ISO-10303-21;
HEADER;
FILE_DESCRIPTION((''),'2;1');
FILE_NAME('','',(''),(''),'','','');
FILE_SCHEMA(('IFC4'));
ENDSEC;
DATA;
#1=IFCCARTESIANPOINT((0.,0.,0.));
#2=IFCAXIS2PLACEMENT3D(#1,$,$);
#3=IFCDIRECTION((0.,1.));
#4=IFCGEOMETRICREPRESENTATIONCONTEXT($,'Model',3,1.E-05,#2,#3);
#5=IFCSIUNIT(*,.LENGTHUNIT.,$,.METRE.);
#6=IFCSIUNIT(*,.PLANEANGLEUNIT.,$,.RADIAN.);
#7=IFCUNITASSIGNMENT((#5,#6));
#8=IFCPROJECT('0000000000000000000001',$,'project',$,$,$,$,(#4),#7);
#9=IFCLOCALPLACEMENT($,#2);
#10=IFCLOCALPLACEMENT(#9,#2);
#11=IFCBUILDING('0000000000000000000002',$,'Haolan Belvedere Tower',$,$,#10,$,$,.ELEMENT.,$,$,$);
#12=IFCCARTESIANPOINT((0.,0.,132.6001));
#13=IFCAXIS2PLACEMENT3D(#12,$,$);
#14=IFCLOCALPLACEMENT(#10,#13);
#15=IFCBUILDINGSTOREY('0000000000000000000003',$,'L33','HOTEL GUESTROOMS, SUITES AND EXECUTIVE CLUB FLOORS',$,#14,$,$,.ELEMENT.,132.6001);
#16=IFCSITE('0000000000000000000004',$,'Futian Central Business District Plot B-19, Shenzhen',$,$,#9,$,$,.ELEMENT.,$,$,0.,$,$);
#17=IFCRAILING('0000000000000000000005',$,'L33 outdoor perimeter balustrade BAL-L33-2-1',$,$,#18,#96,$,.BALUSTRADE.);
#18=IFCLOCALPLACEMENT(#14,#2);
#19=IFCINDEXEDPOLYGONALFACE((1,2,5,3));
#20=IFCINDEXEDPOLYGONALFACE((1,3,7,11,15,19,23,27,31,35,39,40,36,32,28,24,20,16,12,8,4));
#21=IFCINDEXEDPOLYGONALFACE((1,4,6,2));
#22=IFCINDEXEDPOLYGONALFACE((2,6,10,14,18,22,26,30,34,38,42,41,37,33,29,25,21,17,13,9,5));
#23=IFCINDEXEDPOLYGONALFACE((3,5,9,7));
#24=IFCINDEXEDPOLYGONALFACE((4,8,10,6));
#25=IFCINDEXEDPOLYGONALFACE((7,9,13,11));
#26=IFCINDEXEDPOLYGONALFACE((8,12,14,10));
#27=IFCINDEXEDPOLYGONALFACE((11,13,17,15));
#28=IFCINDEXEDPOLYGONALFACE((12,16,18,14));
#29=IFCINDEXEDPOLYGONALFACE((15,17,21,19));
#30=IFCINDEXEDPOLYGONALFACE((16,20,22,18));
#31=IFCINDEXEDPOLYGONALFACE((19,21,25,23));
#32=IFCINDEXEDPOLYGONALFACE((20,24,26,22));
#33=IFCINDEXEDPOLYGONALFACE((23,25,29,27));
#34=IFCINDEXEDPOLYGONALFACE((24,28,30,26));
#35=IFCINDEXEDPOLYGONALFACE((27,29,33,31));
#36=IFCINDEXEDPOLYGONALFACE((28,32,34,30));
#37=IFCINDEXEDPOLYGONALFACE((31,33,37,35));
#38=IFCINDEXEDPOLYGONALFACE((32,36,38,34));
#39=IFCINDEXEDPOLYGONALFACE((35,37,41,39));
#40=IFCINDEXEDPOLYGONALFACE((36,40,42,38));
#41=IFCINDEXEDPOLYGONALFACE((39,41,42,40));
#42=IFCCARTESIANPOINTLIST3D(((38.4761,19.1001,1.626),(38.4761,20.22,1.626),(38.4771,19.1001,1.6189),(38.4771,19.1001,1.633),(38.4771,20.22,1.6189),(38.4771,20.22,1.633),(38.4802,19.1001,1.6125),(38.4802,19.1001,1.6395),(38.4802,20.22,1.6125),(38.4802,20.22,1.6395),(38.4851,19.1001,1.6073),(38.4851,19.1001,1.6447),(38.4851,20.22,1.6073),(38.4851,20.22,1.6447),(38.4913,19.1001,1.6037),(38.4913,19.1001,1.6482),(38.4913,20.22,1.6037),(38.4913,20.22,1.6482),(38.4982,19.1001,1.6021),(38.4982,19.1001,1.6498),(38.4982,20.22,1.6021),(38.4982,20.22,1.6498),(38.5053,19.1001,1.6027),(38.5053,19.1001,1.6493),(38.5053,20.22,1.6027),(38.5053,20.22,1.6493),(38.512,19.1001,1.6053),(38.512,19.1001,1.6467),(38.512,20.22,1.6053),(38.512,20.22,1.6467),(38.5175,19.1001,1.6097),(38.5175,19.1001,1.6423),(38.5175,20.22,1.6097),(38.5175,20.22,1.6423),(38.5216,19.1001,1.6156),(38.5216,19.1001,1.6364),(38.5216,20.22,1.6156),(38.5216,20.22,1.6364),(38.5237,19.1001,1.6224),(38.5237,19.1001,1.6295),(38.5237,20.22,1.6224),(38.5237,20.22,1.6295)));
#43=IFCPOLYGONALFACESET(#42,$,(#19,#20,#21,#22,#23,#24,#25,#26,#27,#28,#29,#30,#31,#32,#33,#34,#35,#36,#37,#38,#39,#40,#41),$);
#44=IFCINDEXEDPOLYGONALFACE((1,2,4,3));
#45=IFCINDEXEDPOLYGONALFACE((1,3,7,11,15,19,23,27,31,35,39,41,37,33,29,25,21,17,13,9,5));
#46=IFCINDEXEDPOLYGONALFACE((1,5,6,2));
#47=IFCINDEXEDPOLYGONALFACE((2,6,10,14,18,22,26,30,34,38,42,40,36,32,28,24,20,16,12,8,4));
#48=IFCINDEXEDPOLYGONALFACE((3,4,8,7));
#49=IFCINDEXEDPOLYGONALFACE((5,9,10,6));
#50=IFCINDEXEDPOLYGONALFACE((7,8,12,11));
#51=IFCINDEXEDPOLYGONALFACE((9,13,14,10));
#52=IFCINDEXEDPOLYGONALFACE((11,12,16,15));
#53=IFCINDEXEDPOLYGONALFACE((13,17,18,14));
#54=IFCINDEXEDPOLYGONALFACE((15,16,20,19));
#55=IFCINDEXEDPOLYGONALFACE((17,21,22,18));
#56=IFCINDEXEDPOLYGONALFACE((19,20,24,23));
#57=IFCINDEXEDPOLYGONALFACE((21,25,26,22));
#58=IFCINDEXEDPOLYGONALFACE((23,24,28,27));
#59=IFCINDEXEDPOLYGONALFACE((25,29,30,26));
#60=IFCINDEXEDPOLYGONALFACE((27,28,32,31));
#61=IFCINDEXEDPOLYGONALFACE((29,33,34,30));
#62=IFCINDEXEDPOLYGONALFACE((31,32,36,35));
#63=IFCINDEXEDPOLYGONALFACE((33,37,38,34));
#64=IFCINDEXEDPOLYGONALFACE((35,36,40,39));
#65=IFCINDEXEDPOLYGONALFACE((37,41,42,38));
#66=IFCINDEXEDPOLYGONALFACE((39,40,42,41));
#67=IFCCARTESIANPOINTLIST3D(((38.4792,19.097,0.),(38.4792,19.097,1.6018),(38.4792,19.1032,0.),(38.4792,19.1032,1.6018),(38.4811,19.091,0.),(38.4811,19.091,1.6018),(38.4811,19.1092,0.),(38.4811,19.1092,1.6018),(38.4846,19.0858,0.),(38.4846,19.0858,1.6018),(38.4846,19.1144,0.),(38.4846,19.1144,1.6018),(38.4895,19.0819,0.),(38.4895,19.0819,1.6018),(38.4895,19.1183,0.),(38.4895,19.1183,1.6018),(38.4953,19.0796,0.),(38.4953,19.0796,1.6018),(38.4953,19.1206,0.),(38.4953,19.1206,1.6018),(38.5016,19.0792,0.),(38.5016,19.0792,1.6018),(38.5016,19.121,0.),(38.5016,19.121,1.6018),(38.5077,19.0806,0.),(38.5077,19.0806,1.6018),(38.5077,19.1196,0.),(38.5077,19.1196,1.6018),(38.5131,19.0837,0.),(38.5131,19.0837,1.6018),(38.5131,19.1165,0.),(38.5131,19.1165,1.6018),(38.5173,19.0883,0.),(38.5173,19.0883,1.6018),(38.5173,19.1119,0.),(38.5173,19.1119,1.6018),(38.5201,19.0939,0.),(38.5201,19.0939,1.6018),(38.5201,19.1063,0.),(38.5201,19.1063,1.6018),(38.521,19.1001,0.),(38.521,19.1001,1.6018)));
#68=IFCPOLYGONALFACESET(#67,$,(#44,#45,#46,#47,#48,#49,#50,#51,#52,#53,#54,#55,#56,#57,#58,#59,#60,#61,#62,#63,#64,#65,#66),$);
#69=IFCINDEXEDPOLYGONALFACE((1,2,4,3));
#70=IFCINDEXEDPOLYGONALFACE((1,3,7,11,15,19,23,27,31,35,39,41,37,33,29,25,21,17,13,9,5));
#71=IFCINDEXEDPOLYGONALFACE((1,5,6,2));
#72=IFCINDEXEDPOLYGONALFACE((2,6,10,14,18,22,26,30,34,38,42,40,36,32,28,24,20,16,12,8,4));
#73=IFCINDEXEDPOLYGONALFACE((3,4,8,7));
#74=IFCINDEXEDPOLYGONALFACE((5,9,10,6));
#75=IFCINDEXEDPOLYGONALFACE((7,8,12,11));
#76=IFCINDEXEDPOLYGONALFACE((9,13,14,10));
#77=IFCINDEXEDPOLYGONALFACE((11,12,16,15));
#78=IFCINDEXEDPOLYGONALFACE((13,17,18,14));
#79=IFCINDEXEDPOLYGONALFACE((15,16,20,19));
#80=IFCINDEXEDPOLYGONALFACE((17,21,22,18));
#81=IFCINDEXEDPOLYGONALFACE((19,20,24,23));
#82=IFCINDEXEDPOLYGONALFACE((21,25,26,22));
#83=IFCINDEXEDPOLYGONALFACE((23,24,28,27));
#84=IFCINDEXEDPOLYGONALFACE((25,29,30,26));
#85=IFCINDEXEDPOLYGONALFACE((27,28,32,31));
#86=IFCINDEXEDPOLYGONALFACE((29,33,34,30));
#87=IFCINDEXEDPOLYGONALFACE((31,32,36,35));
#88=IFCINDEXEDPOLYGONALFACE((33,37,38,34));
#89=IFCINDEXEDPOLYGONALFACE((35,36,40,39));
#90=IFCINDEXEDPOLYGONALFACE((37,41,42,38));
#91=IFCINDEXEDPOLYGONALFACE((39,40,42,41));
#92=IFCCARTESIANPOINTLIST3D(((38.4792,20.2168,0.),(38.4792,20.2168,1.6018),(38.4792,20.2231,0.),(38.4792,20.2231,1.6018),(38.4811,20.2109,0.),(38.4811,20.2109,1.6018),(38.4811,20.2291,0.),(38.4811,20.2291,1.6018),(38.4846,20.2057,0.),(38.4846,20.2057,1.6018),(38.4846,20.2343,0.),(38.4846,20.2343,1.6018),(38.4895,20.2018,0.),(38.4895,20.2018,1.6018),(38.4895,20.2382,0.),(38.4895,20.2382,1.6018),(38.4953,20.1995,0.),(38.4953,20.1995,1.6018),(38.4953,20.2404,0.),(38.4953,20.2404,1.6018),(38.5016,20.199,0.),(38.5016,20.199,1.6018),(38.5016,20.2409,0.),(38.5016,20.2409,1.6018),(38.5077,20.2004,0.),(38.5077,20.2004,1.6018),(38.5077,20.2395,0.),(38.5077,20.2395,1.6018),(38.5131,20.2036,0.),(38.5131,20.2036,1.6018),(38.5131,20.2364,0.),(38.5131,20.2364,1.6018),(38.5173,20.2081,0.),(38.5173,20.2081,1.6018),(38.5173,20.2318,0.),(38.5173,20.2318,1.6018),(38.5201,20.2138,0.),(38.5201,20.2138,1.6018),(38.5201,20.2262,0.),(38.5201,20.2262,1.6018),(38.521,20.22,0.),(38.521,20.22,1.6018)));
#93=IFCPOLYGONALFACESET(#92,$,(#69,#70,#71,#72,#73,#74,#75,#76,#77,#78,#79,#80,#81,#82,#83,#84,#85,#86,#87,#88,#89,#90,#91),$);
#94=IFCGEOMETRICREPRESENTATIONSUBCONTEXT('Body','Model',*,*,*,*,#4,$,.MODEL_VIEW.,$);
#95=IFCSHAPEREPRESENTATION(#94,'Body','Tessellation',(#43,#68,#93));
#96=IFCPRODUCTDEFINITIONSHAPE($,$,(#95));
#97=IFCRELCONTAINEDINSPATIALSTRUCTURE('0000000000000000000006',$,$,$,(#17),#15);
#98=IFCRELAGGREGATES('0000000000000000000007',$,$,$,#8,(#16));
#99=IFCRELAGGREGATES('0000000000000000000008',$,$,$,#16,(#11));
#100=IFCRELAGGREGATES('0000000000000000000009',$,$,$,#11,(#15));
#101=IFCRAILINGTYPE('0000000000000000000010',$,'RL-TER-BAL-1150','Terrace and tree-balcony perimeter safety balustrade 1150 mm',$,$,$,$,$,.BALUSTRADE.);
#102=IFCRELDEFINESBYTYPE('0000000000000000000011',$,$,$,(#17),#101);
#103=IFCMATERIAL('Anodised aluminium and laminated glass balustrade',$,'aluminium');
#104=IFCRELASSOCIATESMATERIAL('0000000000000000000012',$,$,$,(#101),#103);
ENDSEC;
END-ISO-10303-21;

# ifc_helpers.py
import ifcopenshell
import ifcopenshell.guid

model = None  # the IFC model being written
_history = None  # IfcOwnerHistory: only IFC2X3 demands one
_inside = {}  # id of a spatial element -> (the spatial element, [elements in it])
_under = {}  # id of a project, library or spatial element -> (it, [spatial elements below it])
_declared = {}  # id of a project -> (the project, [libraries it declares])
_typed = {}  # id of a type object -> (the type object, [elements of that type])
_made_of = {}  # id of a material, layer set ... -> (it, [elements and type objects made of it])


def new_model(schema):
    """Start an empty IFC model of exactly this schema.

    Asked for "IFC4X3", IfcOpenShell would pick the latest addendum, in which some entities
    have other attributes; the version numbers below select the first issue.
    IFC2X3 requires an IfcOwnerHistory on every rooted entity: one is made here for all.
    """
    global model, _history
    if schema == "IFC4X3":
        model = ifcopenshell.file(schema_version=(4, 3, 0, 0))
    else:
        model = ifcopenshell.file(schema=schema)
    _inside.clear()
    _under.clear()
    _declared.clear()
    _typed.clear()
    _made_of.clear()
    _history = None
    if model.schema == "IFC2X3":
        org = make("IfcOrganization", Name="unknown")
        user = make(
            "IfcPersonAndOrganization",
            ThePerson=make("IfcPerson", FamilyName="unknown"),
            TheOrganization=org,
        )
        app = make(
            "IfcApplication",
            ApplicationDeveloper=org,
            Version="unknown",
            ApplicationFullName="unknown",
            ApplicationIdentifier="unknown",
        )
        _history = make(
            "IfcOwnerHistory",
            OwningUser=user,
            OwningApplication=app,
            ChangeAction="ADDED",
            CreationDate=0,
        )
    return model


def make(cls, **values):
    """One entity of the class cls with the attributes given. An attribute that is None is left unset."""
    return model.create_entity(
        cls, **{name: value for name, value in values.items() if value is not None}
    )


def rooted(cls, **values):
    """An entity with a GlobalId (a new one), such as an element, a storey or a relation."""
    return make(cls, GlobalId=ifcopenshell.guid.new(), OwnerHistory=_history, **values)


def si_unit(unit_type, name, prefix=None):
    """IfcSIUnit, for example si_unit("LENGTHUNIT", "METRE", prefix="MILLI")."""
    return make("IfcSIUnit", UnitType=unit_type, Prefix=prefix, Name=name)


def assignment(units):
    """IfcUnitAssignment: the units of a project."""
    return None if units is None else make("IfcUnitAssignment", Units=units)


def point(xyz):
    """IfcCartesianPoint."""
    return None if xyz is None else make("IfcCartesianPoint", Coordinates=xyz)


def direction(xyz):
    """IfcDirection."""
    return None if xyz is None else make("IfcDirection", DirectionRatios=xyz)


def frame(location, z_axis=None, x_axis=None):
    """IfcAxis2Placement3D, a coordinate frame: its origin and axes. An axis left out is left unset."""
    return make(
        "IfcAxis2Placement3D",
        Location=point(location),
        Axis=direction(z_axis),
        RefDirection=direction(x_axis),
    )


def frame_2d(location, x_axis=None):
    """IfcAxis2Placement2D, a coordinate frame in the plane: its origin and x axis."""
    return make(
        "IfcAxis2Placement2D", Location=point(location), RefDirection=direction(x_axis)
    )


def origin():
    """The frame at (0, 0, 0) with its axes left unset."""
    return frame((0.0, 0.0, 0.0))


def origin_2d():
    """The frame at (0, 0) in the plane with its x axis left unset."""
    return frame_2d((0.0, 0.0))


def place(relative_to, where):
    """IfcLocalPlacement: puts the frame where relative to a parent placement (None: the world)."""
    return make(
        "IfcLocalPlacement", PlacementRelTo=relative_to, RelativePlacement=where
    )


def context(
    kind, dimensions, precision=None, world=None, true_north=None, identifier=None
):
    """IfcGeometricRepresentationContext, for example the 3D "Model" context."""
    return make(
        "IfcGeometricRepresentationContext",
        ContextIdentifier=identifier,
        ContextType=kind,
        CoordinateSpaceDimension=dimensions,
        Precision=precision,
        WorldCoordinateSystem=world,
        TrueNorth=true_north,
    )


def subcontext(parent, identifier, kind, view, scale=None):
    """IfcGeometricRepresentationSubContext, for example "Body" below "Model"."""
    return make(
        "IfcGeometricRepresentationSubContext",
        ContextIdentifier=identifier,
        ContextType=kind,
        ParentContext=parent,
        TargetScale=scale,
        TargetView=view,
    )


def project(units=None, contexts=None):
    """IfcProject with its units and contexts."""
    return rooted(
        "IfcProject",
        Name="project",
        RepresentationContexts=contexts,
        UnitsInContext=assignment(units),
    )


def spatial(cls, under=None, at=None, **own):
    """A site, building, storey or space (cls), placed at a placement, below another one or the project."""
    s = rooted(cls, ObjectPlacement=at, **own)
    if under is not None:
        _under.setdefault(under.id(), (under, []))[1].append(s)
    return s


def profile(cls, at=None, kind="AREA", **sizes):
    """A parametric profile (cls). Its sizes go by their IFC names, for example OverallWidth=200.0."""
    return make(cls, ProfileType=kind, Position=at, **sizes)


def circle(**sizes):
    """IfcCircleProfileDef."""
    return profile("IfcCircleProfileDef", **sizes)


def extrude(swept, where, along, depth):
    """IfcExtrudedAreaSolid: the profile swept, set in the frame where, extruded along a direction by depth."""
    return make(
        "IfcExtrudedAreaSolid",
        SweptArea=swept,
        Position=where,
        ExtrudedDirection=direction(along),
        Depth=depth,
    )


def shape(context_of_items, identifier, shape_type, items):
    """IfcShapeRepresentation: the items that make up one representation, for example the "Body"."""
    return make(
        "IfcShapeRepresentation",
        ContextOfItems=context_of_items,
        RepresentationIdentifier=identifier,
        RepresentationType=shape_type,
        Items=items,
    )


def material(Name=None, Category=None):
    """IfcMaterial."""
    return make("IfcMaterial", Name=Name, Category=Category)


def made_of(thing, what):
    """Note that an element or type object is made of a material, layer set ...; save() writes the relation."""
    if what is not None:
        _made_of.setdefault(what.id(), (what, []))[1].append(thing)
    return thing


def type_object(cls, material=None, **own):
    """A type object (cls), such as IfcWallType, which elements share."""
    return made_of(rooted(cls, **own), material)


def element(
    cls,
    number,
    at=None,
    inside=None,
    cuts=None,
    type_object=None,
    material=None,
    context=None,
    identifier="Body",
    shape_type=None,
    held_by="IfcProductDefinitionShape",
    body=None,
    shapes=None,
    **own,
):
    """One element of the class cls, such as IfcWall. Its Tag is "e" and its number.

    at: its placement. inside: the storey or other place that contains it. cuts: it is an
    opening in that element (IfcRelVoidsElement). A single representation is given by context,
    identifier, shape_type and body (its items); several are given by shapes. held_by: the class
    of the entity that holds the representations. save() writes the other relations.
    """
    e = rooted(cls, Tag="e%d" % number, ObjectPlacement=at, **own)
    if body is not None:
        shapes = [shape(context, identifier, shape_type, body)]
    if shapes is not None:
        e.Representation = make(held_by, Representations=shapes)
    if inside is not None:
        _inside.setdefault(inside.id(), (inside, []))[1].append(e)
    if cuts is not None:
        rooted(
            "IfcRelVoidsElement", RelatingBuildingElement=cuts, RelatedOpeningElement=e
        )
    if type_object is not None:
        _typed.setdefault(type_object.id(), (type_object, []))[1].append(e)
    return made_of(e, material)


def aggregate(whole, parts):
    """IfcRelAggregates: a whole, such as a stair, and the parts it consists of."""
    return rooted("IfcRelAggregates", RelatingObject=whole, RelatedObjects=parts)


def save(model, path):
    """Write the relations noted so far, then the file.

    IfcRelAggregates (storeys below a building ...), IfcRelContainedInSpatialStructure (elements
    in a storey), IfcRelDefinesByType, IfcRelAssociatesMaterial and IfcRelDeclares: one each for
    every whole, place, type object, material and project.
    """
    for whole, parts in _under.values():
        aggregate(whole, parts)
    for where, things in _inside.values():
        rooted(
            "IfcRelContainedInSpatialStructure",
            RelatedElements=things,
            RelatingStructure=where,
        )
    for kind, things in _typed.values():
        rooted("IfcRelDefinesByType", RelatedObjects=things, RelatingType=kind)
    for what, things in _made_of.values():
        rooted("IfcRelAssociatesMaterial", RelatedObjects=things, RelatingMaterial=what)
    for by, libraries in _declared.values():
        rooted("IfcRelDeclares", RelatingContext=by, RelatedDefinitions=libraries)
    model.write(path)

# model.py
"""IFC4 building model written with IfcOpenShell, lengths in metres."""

from ifc_helpers import new_model, si_unit, direction, frame, origin, origin_2d, place, context, subcontext, project, spatial, circle, extrude, material, type_object, element, save


model = new_model("IFC4")

# Units and contexts
model_context = context("Model", 3, precision=1e-05, world=origin(), true_north=direction((0.0, 1.0)))
body_context = subcontext(model_context, "Body", "Model", "MODEL_VIEW")
ifc_project = project(units=[si_unit("LENGTHUNIT", "METRE"), si_unit("PLANEANGLEUNIT", "RADIAN")], contexts=[model_context])

# Site, building, storey
site_placement = place(None, origin())
site = spatial("IfcSite", under=ifc_project, at=site_placement, Name="Futian Central Business District Plot B-19, Shenzhen", CompositionType="ELEMENT", RefElevation=0.0)
building_placement = place(site_placement, origin())
building = spatial("IfcBuilding", under=site, at=building_placement, Name="Haolan Belvedere Tower", CompositionType="ELEMENT")
storey_placement = place(building_placement, frame((0.0, 0.0, 132.6001)))
storey = spatial("IfcBuildingStorey", under=building, at=storey_placement, Name="L33", Description="HOTEL GUESTROOMS, SUITES AND EXECUTIVE CLUB FLOORS", CompositionType="ELEMENT", Elevation=132.6001)

# Railing
ifc_material_1 = material(Name="Anodised aluminium and laminated glass balustrade", Category="aluminium")
railing_type = type_object("IfcRailingType", Name="RL-TER-BAL-1150", Description="Terrace and tree-balcony perimeter safety balustrade 1150 mm", PredefinedType="BALUSTRADE", material=ifc_material_1)
railing_1_placement = place(storey_placement, frame((38.5, 19.1001, 0.0)))
element("IfcRailing", 1, at=railing_1_placement, inside=storey, type_object=railing_type, Name="L33 outdoor perimeter balustrade BAL-L33-2-1", PredefinedType="BALUSTRADE", context=body_context, shape_type="SweptSolid", body=[
    extrude(circle(Radius=0.0239, at=origin_2d()), frame((0.0, 0.0, 1.626), z_axis=(0.0, 1.0, 0.0), x_axis=(-1.0, 0.0, 0.0)), (0.0, 0.0, 1.0), 1.1199),
    extrude(circle(Radius=0.021, at=origin_2d()), origin(), (0.0, 0.0, 1.0), 1.6018),
    extrude(circle(Radius=0.021, at=origin_2d()), frame((0.0, 1.1199, 0.0)), (0.0, 0.0, 1.0), 1.6018),
])

save(model, "model.ifc")
